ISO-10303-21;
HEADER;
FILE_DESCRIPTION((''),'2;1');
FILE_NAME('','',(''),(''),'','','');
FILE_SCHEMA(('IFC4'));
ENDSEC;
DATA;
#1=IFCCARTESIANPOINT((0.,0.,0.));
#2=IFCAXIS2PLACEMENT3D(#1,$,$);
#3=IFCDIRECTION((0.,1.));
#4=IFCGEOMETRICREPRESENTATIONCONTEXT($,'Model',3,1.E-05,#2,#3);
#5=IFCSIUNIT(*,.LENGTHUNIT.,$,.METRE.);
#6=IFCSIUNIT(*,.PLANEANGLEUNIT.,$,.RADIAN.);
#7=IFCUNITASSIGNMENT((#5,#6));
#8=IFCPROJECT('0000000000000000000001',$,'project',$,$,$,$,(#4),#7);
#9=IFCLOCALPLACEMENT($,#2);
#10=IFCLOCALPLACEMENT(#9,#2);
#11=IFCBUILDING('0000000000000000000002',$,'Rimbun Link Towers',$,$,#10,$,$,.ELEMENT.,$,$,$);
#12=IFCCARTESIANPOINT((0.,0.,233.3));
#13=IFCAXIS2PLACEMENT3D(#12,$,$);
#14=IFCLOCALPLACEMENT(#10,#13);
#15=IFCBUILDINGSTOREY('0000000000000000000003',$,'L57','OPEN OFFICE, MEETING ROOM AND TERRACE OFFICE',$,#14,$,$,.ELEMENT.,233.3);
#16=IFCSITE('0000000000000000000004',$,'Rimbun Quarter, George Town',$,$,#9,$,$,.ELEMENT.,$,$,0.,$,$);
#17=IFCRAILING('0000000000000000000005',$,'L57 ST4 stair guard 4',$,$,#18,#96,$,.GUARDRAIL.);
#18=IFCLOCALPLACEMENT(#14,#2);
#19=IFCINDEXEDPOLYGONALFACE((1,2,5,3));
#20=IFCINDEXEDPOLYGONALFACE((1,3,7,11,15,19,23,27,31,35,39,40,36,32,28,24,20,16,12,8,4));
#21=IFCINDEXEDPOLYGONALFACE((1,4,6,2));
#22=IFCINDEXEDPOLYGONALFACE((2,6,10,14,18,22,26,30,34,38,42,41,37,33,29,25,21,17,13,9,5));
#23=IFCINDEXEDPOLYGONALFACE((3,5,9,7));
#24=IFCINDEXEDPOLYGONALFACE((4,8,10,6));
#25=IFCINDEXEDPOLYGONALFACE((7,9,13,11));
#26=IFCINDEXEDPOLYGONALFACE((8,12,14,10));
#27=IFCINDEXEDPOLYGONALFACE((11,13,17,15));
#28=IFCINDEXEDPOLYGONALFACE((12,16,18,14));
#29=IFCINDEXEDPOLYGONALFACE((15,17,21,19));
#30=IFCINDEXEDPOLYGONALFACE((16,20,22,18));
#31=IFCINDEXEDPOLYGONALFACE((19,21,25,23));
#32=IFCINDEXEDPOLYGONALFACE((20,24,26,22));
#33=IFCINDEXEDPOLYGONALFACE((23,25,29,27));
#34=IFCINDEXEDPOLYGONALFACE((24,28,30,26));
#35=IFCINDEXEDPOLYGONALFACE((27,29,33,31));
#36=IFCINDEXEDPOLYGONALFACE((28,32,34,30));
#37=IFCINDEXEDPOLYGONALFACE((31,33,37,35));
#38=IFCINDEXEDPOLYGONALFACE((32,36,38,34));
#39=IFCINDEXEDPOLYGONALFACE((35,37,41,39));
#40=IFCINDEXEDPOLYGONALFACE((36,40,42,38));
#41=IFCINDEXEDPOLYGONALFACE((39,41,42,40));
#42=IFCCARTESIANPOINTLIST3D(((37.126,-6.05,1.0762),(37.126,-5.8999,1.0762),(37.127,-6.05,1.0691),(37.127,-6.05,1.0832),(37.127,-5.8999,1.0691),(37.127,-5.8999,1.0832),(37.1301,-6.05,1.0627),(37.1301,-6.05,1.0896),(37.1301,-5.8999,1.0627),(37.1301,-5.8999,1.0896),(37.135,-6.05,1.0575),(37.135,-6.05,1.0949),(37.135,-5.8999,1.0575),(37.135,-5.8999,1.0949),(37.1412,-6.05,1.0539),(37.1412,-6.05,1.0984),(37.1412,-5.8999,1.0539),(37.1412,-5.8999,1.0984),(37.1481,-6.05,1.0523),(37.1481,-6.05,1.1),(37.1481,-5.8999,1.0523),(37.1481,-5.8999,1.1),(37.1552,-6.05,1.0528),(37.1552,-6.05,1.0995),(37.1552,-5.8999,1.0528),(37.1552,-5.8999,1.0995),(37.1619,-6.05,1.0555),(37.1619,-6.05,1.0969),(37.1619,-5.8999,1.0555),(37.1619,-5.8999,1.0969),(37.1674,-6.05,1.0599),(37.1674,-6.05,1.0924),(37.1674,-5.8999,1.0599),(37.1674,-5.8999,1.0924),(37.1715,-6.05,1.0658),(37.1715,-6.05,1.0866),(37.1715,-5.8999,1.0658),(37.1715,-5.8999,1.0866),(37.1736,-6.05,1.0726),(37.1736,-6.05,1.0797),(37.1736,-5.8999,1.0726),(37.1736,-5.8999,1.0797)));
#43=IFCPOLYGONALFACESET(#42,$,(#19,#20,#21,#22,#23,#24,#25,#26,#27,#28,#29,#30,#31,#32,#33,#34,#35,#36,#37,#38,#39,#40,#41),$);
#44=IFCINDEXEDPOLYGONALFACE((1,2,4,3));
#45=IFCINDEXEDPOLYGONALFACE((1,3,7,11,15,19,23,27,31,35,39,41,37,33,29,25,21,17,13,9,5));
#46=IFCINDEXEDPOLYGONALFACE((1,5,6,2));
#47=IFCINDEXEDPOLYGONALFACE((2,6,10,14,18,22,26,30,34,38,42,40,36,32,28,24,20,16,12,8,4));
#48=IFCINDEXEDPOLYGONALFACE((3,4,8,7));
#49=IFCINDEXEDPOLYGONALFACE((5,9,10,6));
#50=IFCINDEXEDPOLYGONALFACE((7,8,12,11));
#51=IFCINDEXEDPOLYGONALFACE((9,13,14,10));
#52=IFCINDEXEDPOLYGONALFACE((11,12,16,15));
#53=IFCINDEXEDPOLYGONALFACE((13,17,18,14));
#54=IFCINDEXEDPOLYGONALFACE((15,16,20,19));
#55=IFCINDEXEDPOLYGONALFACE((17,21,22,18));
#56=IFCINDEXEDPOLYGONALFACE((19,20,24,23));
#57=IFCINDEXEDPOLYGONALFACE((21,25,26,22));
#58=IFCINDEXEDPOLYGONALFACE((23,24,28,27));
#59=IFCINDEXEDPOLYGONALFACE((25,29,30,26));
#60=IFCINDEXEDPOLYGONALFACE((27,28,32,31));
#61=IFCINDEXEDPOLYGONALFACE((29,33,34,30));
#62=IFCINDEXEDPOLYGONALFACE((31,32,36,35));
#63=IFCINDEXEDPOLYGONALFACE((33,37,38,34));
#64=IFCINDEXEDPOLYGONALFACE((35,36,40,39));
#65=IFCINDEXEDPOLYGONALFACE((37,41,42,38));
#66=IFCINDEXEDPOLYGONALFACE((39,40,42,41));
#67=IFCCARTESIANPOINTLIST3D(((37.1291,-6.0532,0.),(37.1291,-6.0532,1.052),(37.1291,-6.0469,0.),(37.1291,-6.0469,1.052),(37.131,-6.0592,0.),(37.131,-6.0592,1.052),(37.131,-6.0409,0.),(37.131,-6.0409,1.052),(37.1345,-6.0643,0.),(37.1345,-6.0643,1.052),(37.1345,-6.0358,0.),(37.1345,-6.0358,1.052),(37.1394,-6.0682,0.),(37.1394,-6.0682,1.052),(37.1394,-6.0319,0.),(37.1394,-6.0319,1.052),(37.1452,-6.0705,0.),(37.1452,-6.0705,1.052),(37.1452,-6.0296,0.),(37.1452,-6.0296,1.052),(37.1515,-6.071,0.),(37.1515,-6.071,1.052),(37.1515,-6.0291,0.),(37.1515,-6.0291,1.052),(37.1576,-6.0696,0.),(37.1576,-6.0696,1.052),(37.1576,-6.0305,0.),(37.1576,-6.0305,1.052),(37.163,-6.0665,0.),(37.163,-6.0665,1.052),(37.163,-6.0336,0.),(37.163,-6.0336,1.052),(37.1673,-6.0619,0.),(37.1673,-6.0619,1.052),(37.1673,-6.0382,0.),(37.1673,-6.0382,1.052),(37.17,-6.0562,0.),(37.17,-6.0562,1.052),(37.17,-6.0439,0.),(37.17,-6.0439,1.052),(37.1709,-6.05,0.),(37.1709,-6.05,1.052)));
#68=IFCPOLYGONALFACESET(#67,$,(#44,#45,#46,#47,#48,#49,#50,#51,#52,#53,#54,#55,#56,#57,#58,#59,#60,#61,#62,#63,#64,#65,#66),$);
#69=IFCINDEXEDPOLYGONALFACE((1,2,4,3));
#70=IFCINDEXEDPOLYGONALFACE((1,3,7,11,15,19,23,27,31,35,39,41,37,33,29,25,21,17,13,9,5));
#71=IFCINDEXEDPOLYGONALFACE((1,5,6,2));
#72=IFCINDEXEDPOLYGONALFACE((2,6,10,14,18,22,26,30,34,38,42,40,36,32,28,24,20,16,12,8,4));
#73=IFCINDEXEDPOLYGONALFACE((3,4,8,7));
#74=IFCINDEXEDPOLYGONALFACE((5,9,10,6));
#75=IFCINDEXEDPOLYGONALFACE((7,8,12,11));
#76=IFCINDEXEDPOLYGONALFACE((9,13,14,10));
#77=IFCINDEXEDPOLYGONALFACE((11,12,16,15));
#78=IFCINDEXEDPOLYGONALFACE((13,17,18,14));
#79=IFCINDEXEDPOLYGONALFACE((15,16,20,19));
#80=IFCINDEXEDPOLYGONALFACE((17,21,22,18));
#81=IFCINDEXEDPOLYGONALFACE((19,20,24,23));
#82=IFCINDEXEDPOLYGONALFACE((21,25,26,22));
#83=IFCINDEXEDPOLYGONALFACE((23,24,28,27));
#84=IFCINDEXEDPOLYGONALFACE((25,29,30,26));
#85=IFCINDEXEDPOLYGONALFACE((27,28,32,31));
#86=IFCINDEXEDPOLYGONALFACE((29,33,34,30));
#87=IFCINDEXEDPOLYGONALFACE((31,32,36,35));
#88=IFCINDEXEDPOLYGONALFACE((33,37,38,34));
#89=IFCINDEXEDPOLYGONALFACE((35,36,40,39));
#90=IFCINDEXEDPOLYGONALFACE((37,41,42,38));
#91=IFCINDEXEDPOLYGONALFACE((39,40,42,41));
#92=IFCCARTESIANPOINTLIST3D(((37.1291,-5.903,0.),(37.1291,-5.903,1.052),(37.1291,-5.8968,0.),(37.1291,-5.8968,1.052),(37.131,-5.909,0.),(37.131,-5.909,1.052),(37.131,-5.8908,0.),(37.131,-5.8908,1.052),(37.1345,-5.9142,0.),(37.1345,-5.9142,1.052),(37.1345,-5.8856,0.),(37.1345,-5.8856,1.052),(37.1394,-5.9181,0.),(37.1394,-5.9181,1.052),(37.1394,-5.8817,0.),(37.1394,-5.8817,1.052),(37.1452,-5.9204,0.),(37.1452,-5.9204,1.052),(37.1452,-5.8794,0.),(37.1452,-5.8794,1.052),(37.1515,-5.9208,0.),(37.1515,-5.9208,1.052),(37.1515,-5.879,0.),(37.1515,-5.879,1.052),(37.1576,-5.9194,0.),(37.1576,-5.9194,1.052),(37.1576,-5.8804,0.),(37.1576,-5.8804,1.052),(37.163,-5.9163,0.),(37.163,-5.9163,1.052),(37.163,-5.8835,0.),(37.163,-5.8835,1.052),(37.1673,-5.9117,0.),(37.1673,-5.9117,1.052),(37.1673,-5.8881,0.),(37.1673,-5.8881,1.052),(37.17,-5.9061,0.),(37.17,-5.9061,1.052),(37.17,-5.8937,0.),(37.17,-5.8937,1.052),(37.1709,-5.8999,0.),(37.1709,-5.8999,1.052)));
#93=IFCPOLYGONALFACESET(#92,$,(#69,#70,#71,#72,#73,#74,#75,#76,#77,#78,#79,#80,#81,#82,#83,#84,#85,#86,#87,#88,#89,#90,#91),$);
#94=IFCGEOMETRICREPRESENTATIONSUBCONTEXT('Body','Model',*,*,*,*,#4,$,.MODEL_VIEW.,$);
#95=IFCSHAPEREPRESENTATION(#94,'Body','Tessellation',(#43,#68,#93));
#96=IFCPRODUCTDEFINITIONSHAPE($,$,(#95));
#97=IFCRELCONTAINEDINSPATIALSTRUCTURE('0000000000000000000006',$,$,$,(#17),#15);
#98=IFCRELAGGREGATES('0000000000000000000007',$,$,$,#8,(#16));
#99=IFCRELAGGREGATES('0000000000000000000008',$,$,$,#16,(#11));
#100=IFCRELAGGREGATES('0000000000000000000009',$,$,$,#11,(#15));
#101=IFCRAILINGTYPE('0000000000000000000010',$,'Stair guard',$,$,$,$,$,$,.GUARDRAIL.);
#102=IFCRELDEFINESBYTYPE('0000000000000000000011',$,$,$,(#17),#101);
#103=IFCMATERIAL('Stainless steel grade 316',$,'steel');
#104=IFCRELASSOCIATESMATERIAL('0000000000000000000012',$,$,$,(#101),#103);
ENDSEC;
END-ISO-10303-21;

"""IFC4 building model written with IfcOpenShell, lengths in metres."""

from ifc_helpers import new_model, si_unit, direction, frame, origin, origin_2d, place, context, subcontext, project, spatial, circle, extrude, material, type_object, element, save


model = new_model("IFC4")

# Units and contexts
model_context = context("Model", 3, precision=1e-05, world=origin(), true_north=direction((0.0, 1.0)))
body_context = subcontext(model_context, "Body", "Model", "MODEL_VIEW")
ifc_project = project(units=[si_unit("LENGTHUNIT", "METRE"), si_unit("PLANEANGLEUNIT", "RADIAN")], contexts=[model_context])

# Site, building, storey
site_placement = place(None, origin())
site = spatial("IfcSite", under=ifc_project, at=site_placement, Name="Rimbun Quarter, George Town", CompositionType="ELEMENT", RefElevation=0.0)
building_placement = place(site_placement, origin())
building = spatial("IfcBuilding", under=site, at=building_placement, Name="Rimbun Link Towers", CompositionType="ELEMENT")
storey_placement = place(building_placement, frame((0.0, 0.0, 233.3)))
storey = spatial("IfcBuildingStorey", under=building, at=storey_placement, Name="L57", Description="OPEN OFFICE, MEETING ROOM AND TERRACE OFFICE", CompositionType="ELEMENT", Elevation=233.3)

# Railing
ifc_material_1 = material(Name="Stainless steel grade 316", Category="steel")
railing_type_1 = type_object("IfcRailingType", Name="Stair guard", PredefinedType="GUARDRAIL", material=ifc_material_1)
railing_1_placement = place(storey_placement, frame((37.1499, -6.05, 0.0)))
element("IfcRailing", 1, at=railing_1_placement, inside=storey, type_object=railing_type_1, Name="L57 ST4 stair guard 4", PredefinedType="GUARDRAIL", context=body_context, shape_type="SweptSolid", body=[
    extrude(circle(Radius=0.0239, at=origin_2d()), frame((0.0, 0.0, 1.0762), z_axis=(0.0, 1.0, 0.0), x_axis=(-1.0, 0.0, 0.0)), (0.0, 0.0, 1.0), 0.1501),
    extrude(circle(Radius=0.021, at=origin_2d()), origin(), (0.0, 0.0, 1.0), 1.052),
    extrude(circle(Radius=0.021, at=origin_2d()), frame((0.0, 0.1501, 0.0)), (0.0, 0.0, 1.0), 1.052),
])

save(model, "model.ifc")
